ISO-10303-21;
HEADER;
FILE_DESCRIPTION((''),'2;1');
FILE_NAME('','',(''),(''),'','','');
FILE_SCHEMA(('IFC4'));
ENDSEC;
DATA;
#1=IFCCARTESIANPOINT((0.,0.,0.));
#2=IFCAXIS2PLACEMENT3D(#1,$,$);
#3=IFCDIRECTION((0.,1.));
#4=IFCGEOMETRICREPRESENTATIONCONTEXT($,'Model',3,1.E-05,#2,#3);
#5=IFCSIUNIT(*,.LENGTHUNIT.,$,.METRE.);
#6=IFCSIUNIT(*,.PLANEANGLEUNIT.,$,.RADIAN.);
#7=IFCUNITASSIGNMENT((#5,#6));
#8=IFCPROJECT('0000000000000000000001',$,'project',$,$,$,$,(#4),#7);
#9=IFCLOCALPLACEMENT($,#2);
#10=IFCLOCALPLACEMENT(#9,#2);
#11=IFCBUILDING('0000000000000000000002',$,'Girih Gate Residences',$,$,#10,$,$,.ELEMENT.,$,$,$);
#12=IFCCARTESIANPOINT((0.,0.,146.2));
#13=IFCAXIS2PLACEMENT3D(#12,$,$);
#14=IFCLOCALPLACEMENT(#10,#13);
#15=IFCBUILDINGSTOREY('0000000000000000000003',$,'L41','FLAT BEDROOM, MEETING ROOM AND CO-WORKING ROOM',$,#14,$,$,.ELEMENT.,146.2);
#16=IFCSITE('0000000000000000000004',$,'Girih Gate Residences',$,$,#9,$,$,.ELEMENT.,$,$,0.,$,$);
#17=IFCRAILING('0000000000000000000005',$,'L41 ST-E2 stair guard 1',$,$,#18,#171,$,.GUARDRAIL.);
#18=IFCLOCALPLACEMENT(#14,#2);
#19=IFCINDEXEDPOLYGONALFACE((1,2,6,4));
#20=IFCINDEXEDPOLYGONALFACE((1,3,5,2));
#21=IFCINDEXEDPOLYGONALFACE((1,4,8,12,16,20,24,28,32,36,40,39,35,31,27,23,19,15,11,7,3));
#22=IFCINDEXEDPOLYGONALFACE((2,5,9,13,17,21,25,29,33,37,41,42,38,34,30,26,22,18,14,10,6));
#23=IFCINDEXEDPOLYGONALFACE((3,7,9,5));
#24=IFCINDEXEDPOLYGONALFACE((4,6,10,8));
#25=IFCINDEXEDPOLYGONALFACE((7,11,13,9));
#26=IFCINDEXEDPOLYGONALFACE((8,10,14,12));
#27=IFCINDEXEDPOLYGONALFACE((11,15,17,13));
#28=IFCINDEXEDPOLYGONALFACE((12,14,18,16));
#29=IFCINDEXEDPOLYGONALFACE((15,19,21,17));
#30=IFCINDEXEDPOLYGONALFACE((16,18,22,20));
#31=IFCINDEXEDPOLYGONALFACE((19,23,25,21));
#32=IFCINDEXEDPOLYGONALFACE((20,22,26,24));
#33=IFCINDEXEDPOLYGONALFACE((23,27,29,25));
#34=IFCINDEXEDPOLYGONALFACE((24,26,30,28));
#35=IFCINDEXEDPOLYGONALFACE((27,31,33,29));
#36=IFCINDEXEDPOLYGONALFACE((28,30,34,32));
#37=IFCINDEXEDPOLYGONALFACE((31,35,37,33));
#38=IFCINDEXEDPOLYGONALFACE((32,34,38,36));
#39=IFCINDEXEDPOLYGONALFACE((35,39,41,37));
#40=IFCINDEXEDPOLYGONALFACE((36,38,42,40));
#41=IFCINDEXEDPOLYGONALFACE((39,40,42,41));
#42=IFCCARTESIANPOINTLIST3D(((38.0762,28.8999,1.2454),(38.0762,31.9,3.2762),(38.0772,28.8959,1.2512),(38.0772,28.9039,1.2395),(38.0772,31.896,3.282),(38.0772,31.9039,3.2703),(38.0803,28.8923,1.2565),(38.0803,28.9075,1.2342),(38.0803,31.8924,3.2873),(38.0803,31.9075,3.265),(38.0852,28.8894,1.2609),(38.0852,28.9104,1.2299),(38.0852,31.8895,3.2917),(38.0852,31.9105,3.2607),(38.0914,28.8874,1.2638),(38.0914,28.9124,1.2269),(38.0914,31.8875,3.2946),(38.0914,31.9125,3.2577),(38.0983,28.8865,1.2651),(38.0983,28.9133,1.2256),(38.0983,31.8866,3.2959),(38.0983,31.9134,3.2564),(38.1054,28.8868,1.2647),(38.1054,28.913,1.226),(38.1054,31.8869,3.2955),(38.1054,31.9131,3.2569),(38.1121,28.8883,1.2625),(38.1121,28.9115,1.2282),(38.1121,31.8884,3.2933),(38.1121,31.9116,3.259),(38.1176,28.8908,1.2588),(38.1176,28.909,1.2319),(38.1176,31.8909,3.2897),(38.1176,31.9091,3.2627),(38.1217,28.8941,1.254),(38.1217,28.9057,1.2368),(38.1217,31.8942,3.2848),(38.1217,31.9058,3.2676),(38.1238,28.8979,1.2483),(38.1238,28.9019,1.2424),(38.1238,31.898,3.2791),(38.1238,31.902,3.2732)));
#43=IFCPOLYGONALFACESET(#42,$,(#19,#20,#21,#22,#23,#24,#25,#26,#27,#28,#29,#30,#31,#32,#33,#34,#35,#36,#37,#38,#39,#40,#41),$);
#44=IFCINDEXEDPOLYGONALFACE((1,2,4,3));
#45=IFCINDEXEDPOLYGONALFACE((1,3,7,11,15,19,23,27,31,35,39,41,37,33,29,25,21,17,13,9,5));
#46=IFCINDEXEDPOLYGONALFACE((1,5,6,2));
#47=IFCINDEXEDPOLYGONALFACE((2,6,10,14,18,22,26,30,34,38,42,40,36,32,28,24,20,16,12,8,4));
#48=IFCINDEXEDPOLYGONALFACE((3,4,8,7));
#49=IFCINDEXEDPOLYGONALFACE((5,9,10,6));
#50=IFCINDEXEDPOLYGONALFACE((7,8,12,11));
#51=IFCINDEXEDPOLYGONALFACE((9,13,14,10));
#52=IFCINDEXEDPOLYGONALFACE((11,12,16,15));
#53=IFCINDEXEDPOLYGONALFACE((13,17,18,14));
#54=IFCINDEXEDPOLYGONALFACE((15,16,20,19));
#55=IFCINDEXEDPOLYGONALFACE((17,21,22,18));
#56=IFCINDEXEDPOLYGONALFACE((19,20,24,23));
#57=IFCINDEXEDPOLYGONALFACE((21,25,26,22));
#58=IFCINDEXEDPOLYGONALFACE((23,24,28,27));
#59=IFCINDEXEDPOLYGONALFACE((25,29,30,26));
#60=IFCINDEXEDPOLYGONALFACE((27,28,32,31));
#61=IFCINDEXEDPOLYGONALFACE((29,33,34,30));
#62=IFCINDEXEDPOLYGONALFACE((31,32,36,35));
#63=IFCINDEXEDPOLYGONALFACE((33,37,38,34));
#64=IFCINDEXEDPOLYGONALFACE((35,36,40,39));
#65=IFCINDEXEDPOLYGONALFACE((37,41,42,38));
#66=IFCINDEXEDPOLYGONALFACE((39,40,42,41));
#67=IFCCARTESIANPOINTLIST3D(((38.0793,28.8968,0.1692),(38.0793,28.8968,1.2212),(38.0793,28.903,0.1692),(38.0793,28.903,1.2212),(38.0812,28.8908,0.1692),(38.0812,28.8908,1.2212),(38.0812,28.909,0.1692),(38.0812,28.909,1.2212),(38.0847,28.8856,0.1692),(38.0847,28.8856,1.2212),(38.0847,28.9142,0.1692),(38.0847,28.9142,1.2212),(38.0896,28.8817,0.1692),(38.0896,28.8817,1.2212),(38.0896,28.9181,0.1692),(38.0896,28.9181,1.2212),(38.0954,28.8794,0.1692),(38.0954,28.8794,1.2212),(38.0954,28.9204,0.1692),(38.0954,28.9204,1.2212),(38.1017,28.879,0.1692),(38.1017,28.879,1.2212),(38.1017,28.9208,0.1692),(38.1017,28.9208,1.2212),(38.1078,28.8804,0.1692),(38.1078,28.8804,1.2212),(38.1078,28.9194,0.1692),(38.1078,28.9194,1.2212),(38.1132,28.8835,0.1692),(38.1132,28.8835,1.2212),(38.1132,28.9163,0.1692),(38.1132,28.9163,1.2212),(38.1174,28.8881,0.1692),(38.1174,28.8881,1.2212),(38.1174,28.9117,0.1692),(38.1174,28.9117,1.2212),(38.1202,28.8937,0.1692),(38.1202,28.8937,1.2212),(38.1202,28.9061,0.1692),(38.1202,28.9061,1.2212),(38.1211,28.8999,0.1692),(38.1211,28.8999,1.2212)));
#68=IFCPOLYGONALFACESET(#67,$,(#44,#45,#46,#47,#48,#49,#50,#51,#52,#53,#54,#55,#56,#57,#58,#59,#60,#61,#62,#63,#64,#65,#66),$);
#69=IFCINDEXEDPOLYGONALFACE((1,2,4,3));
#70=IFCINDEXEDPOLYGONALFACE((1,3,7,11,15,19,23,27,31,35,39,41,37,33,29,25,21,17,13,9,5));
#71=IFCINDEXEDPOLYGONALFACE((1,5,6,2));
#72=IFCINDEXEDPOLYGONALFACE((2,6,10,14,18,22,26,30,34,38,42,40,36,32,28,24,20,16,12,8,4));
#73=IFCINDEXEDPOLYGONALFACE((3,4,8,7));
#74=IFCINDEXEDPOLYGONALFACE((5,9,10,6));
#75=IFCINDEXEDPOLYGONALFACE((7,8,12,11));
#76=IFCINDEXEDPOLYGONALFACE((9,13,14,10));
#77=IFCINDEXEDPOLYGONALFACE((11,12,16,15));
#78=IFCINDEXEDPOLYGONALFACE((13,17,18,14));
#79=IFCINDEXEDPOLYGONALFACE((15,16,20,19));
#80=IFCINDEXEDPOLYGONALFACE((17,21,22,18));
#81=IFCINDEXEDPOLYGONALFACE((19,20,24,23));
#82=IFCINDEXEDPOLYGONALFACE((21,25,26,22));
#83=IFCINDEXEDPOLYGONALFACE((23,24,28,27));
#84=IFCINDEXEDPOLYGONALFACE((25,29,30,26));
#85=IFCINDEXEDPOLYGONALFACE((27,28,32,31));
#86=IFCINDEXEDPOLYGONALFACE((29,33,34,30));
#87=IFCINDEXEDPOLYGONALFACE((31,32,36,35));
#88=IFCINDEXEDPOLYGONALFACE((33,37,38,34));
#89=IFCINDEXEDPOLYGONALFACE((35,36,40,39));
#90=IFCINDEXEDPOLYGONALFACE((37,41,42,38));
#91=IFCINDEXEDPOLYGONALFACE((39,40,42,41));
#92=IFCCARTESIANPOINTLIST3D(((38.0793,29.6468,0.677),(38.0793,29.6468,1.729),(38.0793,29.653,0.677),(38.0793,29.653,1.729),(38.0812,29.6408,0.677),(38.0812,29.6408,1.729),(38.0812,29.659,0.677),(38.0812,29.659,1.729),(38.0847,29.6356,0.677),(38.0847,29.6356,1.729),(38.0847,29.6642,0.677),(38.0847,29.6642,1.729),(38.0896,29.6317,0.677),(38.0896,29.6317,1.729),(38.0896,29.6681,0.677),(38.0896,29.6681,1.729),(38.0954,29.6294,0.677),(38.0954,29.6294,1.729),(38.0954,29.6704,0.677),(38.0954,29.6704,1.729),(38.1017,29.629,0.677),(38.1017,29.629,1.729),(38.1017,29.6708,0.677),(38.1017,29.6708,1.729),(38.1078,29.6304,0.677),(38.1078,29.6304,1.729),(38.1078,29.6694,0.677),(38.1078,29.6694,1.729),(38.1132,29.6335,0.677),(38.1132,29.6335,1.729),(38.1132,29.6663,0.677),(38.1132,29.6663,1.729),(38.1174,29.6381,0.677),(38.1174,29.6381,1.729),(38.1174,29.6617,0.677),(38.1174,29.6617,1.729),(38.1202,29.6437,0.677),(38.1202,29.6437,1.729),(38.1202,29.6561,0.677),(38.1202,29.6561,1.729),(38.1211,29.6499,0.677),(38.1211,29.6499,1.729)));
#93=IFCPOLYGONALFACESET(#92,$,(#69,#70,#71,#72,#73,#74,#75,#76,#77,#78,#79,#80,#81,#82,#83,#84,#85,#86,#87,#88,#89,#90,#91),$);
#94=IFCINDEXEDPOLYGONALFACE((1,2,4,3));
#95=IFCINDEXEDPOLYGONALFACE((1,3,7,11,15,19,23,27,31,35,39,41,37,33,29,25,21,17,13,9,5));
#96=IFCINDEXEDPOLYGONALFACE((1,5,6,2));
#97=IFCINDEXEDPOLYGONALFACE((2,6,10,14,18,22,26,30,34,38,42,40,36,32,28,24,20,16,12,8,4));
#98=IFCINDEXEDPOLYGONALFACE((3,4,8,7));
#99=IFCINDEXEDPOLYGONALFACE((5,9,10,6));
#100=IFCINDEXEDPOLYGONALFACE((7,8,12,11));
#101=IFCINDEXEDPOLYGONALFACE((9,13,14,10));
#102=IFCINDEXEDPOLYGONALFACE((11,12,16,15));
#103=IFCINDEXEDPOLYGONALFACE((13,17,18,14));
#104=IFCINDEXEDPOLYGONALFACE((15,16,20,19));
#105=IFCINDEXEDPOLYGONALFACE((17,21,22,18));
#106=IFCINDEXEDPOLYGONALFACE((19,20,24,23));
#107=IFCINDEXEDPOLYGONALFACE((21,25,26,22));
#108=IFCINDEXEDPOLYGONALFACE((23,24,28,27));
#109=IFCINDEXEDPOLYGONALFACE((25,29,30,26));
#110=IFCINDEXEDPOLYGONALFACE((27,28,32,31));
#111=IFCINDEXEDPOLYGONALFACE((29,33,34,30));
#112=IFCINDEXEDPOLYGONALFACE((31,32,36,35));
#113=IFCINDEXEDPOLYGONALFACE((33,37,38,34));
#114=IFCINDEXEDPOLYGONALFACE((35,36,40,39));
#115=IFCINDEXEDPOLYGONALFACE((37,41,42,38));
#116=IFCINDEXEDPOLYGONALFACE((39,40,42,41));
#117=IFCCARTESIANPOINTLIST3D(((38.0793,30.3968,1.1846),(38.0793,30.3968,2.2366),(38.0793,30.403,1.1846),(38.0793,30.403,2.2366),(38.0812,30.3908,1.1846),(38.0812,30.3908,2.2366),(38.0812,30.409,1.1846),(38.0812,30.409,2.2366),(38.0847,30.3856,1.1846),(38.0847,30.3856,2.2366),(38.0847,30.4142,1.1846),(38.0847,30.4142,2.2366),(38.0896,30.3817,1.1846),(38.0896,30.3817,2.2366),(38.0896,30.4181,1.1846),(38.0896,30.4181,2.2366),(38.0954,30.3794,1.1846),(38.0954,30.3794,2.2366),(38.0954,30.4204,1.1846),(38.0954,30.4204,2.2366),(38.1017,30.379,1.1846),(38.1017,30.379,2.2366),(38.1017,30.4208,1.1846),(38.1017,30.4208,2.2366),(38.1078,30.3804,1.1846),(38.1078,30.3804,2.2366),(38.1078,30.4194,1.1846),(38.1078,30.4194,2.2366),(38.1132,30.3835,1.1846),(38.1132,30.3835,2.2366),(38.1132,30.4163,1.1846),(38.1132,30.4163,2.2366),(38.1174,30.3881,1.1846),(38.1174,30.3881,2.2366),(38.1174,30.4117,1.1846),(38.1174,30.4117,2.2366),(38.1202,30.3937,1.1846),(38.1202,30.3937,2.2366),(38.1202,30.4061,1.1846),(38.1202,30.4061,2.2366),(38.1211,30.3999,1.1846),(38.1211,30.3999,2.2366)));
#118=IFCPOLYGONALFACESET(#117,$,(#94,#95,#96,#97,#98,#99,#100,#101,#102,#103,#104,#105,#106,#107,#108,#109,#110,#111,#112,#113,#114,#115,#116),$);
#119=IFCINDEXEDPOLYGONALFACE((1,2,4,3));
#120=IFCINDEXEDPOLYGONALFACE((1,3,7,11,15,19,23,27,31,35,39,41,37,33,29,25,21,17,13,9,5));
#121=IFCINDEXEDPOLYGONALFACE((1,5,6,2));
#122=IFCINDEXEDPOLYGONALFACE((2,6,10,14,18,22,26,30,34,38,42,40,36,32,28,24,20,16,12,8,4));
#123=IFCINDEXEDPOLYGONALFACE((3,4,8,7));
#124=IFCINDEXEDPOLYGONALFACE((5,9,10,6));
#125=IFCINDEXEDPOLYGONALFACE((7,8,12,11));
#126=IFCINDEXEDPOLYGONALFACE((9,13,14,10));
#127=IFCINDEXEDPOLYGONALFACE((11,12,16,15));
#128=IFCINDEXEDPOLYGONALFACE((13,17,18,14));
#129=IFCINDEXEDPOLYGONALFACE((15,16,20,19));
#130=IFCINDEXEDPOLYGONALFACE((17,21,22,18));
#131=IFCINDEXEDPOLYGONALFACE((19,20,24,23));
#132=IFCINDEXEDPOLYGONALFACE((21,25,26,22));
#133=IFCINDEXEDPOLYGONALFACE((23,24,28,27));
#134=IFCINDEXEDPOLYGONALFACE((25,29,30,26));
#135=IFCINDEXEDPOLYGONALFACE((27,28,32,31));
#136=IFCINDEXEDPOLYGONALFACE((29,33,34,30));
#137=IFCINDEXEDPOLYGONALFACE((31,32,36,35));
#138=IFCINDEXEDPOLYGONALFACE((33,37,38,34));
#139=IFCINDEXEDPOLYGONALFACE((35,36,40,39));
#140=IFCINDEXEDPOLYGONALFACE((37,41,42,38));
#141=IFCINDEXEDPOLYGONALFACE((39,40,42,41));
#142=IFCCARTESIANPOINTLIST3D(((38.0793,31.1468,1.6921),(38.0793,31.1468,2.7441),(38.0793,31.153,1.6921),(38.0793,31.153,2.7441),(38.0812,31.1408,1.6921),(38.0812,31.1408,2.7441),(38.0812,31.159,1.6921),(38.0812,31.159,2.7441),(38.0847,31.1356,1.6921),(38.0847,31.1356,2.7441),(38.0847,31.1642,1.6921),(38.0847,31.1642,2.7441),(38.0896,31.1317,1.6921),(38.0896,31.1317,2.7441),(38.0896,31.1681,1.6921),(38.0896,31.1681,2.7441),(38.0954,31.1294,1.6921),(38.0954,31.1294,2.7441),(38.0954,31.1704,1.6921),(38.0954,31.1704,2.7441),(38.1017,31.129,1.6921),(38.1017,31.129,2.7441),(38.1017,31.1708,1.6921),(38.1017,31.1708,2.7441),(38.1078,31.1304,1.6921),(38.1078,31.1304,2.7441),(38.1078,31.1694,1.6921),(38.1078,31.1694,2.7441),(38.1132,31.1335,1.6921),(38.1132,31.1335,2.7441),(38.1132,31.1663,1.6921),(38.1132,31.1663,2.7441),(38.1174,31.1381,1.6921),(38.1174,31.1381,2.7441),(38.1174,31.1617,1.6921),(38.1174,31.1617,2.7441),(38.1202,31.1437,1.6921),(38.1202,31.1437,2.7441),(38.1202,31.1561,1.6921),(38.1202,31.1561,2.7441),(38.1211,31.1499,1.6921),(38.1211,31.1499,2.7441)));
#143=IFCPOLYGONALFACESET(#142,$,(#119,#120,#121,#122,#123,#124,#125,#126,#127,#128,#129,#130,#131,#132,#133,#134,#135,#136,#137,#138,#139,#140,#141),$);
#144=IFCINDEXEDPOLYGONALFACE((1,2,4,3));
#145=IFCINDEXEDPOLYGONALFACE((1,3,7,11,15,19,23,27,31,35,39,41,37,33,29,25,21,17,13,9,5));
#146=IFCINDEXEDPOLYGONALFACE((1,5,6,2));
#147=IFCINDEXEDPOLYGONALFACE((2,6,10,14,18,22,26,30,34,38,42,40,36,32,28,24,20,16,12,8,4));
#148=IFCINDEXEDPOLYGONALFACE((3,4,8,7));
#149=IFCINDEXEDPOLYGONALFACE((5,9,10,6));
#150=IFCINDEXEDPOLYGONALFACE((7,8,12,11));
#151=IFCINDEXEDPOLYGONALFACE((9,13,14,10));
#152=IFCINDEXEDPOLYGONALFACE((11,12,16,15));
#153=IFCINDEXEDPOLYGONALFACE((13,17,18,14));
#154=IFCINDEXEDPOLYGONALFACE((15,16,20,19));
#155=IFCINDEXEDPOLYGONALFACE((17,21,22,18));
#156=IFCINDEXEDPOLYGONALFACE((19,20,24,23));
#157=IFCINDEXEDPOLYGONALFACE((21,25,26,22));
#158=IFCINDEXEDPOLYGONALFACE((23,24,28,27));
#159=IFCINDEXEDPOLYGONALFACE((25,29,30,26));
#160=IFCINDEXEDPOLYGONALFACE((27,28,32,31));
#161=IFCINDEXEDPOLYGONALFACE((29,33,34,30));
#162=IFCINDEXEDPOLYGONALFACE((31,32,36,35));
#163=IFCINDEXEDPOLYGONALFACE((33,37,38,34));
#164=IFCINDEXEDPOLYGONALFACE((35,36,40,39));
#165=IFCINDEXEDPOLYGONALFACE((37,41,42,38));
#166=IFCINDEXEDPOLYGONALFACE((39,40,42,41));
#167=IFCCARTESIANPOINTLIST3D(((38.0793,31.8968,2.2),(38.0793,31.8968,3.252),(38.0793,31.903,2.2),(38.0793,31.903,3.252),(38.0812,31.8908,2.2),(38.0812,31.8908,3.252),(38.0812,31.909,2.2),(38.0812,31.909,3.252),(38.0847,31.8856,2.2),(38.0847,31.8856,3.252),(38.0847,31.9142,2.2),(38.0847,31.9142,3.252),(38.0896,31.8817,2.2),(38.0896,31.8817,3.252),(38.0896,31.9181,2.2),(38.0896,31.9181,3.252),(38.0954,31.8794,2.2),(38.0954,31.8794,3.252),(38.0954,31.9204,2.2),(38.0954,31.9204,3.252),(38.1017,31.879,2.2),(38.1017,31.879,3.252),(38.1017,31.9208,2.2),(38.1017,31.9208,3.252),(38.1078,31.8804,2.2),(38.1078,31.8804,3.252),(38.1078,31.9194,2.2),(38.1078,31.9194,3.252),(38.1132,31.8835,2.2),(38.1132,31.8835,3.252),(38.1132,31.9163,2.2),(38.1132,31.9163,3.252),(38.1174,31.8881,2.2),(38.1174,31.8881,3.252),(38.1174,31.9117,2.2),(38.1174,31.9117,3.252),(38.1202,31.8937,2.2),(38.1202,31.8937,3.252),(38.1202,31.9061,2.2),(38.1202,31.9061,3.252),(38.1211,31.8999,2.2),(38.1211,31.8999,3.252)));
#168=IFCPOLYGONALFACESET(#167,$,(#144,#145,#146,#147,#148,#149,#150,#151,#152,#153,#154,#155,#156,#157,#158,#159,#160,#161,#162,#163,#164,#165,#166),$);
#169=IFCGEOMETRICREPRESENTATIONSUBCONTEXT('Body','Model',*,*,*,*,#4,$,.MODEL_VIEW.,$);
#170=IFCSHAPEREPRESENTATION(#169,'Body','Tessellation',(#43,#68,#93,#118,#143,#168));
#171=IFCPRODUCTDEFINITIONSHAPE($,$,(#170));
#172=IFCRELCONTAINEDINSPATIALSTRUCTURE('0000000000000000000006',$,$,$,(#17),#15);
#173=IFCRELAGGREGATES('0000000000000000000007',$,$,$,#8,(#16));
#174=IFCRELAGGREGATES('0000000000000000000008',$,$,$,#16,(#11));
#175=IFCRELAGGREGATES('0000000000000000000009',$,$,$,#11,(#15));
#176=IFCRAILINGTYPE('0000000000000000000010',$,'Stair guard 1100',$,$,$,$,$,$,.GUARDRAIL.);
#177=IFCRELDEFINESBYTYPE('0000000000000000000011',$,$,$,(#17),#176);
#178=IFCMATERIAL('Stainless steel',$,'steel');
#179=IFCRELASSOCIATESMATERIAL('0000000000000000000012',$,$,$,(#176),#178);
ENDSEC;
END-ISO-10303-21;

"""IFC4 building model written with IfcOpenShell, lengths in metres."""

from ifc_helpers import new_model, si_unit, direction, frame, origin, origin_2d, place, context, subcontext, project, spatial, circle, extrude, material, type_object, element, save


model = new_model("IFC4")

# Units and contexts
model_context = context("Model", 3, precision=1e-05, world=origin(), true_north=direction((0.0, 1.0)))
body_context = subcontext(model_context, "Body", "Model", "MODEL_VIEW")
ifc_project = project(units=[si_unit("LENGTHUNIT", "METRE"), si_unit("PLANEANGLEUNIT", "RADIAN")], contexts=[model_context])

# Site, building, storey
site_placement = place(None, origin())
site = spatial("IfcSite", under=ifc_project, at=site_placement, Name="Girih Gate Residences", CompositionType="ELEMENT", RefElevation=0.0)
building_placement = place(site_placement, origin())
building = spatial("IfcBuilding", under=site, at=building_placement, Name="Girih Gate Residences", CompositionType="ELEMENT")
storey_placement = place(building_placement, frame((0.0, 0.0, 146.2)))
storey = spatial("IfcBuildingStorey", under=building, at=storey_placement, Name="L41", Description="FLAT BEDROOM, MEETING ROOM AND CO-WORKING ROOM", CompositionType="ELEMENT", Elevation=146.2)

# Railing
ifc_material_1 = material(Name="Stainless steel", Category="steel")
railing_type_1 = type_object("IfcRailingType", Name="Stair guard 1100", PredefinedType="GUARDRAIL", material=ifc_material_1)
railing_1_placement = place(storey_placement, frame((38.1001, 28.8999, 0.1692)))
element("IfcRailing", 1, at=railing_1_placement, inside=storey, type_object=railing_type_1, Name="L41 ST-E2 stair guard 1", PredefinedType="GUARDRAIL", context=body_context, shape_type="SweptSolid", body=[
    extrude(circle(Radius=0.0239, at=origin_2d()), frame((0.0, 0.0, 1.0762), z_axis=(0.0, 0.82811, 0.560565), x_axis=(-1.0, 0.0, 0.0)), (0.0, 0.0, 1.0), 3.6228),
    extrude(circle(Radius=0.021, at=origin_2d()), origin(), (0.0, 0.0, 1.0), 1.052),
    extrude(circle(Radius=0.021, at=origin_2d()), frame((0.0, 0.75, 0.5078)), (0.0, 0.0, 1.0), 1.052),
    extrude(circle(Radius=0.021, at=origin_2d()), frame((0.0, 1.5, 1.0154)), (0.0, 0.0, 1.0), 1.052),
    extrude(circle(Radius=0.021, at=origin_2d()), frame((0.0, 2.25, 1.5229)), (0.0, 0.0, 1.0), 1.052),
    extrude(circle(Radius=0.021, at=origin_2d()), frame((0.0, 3.0, 2.0308)), (0.0, 0.0, 1.0), 1.052),
])

save(model, "model.ifc")
